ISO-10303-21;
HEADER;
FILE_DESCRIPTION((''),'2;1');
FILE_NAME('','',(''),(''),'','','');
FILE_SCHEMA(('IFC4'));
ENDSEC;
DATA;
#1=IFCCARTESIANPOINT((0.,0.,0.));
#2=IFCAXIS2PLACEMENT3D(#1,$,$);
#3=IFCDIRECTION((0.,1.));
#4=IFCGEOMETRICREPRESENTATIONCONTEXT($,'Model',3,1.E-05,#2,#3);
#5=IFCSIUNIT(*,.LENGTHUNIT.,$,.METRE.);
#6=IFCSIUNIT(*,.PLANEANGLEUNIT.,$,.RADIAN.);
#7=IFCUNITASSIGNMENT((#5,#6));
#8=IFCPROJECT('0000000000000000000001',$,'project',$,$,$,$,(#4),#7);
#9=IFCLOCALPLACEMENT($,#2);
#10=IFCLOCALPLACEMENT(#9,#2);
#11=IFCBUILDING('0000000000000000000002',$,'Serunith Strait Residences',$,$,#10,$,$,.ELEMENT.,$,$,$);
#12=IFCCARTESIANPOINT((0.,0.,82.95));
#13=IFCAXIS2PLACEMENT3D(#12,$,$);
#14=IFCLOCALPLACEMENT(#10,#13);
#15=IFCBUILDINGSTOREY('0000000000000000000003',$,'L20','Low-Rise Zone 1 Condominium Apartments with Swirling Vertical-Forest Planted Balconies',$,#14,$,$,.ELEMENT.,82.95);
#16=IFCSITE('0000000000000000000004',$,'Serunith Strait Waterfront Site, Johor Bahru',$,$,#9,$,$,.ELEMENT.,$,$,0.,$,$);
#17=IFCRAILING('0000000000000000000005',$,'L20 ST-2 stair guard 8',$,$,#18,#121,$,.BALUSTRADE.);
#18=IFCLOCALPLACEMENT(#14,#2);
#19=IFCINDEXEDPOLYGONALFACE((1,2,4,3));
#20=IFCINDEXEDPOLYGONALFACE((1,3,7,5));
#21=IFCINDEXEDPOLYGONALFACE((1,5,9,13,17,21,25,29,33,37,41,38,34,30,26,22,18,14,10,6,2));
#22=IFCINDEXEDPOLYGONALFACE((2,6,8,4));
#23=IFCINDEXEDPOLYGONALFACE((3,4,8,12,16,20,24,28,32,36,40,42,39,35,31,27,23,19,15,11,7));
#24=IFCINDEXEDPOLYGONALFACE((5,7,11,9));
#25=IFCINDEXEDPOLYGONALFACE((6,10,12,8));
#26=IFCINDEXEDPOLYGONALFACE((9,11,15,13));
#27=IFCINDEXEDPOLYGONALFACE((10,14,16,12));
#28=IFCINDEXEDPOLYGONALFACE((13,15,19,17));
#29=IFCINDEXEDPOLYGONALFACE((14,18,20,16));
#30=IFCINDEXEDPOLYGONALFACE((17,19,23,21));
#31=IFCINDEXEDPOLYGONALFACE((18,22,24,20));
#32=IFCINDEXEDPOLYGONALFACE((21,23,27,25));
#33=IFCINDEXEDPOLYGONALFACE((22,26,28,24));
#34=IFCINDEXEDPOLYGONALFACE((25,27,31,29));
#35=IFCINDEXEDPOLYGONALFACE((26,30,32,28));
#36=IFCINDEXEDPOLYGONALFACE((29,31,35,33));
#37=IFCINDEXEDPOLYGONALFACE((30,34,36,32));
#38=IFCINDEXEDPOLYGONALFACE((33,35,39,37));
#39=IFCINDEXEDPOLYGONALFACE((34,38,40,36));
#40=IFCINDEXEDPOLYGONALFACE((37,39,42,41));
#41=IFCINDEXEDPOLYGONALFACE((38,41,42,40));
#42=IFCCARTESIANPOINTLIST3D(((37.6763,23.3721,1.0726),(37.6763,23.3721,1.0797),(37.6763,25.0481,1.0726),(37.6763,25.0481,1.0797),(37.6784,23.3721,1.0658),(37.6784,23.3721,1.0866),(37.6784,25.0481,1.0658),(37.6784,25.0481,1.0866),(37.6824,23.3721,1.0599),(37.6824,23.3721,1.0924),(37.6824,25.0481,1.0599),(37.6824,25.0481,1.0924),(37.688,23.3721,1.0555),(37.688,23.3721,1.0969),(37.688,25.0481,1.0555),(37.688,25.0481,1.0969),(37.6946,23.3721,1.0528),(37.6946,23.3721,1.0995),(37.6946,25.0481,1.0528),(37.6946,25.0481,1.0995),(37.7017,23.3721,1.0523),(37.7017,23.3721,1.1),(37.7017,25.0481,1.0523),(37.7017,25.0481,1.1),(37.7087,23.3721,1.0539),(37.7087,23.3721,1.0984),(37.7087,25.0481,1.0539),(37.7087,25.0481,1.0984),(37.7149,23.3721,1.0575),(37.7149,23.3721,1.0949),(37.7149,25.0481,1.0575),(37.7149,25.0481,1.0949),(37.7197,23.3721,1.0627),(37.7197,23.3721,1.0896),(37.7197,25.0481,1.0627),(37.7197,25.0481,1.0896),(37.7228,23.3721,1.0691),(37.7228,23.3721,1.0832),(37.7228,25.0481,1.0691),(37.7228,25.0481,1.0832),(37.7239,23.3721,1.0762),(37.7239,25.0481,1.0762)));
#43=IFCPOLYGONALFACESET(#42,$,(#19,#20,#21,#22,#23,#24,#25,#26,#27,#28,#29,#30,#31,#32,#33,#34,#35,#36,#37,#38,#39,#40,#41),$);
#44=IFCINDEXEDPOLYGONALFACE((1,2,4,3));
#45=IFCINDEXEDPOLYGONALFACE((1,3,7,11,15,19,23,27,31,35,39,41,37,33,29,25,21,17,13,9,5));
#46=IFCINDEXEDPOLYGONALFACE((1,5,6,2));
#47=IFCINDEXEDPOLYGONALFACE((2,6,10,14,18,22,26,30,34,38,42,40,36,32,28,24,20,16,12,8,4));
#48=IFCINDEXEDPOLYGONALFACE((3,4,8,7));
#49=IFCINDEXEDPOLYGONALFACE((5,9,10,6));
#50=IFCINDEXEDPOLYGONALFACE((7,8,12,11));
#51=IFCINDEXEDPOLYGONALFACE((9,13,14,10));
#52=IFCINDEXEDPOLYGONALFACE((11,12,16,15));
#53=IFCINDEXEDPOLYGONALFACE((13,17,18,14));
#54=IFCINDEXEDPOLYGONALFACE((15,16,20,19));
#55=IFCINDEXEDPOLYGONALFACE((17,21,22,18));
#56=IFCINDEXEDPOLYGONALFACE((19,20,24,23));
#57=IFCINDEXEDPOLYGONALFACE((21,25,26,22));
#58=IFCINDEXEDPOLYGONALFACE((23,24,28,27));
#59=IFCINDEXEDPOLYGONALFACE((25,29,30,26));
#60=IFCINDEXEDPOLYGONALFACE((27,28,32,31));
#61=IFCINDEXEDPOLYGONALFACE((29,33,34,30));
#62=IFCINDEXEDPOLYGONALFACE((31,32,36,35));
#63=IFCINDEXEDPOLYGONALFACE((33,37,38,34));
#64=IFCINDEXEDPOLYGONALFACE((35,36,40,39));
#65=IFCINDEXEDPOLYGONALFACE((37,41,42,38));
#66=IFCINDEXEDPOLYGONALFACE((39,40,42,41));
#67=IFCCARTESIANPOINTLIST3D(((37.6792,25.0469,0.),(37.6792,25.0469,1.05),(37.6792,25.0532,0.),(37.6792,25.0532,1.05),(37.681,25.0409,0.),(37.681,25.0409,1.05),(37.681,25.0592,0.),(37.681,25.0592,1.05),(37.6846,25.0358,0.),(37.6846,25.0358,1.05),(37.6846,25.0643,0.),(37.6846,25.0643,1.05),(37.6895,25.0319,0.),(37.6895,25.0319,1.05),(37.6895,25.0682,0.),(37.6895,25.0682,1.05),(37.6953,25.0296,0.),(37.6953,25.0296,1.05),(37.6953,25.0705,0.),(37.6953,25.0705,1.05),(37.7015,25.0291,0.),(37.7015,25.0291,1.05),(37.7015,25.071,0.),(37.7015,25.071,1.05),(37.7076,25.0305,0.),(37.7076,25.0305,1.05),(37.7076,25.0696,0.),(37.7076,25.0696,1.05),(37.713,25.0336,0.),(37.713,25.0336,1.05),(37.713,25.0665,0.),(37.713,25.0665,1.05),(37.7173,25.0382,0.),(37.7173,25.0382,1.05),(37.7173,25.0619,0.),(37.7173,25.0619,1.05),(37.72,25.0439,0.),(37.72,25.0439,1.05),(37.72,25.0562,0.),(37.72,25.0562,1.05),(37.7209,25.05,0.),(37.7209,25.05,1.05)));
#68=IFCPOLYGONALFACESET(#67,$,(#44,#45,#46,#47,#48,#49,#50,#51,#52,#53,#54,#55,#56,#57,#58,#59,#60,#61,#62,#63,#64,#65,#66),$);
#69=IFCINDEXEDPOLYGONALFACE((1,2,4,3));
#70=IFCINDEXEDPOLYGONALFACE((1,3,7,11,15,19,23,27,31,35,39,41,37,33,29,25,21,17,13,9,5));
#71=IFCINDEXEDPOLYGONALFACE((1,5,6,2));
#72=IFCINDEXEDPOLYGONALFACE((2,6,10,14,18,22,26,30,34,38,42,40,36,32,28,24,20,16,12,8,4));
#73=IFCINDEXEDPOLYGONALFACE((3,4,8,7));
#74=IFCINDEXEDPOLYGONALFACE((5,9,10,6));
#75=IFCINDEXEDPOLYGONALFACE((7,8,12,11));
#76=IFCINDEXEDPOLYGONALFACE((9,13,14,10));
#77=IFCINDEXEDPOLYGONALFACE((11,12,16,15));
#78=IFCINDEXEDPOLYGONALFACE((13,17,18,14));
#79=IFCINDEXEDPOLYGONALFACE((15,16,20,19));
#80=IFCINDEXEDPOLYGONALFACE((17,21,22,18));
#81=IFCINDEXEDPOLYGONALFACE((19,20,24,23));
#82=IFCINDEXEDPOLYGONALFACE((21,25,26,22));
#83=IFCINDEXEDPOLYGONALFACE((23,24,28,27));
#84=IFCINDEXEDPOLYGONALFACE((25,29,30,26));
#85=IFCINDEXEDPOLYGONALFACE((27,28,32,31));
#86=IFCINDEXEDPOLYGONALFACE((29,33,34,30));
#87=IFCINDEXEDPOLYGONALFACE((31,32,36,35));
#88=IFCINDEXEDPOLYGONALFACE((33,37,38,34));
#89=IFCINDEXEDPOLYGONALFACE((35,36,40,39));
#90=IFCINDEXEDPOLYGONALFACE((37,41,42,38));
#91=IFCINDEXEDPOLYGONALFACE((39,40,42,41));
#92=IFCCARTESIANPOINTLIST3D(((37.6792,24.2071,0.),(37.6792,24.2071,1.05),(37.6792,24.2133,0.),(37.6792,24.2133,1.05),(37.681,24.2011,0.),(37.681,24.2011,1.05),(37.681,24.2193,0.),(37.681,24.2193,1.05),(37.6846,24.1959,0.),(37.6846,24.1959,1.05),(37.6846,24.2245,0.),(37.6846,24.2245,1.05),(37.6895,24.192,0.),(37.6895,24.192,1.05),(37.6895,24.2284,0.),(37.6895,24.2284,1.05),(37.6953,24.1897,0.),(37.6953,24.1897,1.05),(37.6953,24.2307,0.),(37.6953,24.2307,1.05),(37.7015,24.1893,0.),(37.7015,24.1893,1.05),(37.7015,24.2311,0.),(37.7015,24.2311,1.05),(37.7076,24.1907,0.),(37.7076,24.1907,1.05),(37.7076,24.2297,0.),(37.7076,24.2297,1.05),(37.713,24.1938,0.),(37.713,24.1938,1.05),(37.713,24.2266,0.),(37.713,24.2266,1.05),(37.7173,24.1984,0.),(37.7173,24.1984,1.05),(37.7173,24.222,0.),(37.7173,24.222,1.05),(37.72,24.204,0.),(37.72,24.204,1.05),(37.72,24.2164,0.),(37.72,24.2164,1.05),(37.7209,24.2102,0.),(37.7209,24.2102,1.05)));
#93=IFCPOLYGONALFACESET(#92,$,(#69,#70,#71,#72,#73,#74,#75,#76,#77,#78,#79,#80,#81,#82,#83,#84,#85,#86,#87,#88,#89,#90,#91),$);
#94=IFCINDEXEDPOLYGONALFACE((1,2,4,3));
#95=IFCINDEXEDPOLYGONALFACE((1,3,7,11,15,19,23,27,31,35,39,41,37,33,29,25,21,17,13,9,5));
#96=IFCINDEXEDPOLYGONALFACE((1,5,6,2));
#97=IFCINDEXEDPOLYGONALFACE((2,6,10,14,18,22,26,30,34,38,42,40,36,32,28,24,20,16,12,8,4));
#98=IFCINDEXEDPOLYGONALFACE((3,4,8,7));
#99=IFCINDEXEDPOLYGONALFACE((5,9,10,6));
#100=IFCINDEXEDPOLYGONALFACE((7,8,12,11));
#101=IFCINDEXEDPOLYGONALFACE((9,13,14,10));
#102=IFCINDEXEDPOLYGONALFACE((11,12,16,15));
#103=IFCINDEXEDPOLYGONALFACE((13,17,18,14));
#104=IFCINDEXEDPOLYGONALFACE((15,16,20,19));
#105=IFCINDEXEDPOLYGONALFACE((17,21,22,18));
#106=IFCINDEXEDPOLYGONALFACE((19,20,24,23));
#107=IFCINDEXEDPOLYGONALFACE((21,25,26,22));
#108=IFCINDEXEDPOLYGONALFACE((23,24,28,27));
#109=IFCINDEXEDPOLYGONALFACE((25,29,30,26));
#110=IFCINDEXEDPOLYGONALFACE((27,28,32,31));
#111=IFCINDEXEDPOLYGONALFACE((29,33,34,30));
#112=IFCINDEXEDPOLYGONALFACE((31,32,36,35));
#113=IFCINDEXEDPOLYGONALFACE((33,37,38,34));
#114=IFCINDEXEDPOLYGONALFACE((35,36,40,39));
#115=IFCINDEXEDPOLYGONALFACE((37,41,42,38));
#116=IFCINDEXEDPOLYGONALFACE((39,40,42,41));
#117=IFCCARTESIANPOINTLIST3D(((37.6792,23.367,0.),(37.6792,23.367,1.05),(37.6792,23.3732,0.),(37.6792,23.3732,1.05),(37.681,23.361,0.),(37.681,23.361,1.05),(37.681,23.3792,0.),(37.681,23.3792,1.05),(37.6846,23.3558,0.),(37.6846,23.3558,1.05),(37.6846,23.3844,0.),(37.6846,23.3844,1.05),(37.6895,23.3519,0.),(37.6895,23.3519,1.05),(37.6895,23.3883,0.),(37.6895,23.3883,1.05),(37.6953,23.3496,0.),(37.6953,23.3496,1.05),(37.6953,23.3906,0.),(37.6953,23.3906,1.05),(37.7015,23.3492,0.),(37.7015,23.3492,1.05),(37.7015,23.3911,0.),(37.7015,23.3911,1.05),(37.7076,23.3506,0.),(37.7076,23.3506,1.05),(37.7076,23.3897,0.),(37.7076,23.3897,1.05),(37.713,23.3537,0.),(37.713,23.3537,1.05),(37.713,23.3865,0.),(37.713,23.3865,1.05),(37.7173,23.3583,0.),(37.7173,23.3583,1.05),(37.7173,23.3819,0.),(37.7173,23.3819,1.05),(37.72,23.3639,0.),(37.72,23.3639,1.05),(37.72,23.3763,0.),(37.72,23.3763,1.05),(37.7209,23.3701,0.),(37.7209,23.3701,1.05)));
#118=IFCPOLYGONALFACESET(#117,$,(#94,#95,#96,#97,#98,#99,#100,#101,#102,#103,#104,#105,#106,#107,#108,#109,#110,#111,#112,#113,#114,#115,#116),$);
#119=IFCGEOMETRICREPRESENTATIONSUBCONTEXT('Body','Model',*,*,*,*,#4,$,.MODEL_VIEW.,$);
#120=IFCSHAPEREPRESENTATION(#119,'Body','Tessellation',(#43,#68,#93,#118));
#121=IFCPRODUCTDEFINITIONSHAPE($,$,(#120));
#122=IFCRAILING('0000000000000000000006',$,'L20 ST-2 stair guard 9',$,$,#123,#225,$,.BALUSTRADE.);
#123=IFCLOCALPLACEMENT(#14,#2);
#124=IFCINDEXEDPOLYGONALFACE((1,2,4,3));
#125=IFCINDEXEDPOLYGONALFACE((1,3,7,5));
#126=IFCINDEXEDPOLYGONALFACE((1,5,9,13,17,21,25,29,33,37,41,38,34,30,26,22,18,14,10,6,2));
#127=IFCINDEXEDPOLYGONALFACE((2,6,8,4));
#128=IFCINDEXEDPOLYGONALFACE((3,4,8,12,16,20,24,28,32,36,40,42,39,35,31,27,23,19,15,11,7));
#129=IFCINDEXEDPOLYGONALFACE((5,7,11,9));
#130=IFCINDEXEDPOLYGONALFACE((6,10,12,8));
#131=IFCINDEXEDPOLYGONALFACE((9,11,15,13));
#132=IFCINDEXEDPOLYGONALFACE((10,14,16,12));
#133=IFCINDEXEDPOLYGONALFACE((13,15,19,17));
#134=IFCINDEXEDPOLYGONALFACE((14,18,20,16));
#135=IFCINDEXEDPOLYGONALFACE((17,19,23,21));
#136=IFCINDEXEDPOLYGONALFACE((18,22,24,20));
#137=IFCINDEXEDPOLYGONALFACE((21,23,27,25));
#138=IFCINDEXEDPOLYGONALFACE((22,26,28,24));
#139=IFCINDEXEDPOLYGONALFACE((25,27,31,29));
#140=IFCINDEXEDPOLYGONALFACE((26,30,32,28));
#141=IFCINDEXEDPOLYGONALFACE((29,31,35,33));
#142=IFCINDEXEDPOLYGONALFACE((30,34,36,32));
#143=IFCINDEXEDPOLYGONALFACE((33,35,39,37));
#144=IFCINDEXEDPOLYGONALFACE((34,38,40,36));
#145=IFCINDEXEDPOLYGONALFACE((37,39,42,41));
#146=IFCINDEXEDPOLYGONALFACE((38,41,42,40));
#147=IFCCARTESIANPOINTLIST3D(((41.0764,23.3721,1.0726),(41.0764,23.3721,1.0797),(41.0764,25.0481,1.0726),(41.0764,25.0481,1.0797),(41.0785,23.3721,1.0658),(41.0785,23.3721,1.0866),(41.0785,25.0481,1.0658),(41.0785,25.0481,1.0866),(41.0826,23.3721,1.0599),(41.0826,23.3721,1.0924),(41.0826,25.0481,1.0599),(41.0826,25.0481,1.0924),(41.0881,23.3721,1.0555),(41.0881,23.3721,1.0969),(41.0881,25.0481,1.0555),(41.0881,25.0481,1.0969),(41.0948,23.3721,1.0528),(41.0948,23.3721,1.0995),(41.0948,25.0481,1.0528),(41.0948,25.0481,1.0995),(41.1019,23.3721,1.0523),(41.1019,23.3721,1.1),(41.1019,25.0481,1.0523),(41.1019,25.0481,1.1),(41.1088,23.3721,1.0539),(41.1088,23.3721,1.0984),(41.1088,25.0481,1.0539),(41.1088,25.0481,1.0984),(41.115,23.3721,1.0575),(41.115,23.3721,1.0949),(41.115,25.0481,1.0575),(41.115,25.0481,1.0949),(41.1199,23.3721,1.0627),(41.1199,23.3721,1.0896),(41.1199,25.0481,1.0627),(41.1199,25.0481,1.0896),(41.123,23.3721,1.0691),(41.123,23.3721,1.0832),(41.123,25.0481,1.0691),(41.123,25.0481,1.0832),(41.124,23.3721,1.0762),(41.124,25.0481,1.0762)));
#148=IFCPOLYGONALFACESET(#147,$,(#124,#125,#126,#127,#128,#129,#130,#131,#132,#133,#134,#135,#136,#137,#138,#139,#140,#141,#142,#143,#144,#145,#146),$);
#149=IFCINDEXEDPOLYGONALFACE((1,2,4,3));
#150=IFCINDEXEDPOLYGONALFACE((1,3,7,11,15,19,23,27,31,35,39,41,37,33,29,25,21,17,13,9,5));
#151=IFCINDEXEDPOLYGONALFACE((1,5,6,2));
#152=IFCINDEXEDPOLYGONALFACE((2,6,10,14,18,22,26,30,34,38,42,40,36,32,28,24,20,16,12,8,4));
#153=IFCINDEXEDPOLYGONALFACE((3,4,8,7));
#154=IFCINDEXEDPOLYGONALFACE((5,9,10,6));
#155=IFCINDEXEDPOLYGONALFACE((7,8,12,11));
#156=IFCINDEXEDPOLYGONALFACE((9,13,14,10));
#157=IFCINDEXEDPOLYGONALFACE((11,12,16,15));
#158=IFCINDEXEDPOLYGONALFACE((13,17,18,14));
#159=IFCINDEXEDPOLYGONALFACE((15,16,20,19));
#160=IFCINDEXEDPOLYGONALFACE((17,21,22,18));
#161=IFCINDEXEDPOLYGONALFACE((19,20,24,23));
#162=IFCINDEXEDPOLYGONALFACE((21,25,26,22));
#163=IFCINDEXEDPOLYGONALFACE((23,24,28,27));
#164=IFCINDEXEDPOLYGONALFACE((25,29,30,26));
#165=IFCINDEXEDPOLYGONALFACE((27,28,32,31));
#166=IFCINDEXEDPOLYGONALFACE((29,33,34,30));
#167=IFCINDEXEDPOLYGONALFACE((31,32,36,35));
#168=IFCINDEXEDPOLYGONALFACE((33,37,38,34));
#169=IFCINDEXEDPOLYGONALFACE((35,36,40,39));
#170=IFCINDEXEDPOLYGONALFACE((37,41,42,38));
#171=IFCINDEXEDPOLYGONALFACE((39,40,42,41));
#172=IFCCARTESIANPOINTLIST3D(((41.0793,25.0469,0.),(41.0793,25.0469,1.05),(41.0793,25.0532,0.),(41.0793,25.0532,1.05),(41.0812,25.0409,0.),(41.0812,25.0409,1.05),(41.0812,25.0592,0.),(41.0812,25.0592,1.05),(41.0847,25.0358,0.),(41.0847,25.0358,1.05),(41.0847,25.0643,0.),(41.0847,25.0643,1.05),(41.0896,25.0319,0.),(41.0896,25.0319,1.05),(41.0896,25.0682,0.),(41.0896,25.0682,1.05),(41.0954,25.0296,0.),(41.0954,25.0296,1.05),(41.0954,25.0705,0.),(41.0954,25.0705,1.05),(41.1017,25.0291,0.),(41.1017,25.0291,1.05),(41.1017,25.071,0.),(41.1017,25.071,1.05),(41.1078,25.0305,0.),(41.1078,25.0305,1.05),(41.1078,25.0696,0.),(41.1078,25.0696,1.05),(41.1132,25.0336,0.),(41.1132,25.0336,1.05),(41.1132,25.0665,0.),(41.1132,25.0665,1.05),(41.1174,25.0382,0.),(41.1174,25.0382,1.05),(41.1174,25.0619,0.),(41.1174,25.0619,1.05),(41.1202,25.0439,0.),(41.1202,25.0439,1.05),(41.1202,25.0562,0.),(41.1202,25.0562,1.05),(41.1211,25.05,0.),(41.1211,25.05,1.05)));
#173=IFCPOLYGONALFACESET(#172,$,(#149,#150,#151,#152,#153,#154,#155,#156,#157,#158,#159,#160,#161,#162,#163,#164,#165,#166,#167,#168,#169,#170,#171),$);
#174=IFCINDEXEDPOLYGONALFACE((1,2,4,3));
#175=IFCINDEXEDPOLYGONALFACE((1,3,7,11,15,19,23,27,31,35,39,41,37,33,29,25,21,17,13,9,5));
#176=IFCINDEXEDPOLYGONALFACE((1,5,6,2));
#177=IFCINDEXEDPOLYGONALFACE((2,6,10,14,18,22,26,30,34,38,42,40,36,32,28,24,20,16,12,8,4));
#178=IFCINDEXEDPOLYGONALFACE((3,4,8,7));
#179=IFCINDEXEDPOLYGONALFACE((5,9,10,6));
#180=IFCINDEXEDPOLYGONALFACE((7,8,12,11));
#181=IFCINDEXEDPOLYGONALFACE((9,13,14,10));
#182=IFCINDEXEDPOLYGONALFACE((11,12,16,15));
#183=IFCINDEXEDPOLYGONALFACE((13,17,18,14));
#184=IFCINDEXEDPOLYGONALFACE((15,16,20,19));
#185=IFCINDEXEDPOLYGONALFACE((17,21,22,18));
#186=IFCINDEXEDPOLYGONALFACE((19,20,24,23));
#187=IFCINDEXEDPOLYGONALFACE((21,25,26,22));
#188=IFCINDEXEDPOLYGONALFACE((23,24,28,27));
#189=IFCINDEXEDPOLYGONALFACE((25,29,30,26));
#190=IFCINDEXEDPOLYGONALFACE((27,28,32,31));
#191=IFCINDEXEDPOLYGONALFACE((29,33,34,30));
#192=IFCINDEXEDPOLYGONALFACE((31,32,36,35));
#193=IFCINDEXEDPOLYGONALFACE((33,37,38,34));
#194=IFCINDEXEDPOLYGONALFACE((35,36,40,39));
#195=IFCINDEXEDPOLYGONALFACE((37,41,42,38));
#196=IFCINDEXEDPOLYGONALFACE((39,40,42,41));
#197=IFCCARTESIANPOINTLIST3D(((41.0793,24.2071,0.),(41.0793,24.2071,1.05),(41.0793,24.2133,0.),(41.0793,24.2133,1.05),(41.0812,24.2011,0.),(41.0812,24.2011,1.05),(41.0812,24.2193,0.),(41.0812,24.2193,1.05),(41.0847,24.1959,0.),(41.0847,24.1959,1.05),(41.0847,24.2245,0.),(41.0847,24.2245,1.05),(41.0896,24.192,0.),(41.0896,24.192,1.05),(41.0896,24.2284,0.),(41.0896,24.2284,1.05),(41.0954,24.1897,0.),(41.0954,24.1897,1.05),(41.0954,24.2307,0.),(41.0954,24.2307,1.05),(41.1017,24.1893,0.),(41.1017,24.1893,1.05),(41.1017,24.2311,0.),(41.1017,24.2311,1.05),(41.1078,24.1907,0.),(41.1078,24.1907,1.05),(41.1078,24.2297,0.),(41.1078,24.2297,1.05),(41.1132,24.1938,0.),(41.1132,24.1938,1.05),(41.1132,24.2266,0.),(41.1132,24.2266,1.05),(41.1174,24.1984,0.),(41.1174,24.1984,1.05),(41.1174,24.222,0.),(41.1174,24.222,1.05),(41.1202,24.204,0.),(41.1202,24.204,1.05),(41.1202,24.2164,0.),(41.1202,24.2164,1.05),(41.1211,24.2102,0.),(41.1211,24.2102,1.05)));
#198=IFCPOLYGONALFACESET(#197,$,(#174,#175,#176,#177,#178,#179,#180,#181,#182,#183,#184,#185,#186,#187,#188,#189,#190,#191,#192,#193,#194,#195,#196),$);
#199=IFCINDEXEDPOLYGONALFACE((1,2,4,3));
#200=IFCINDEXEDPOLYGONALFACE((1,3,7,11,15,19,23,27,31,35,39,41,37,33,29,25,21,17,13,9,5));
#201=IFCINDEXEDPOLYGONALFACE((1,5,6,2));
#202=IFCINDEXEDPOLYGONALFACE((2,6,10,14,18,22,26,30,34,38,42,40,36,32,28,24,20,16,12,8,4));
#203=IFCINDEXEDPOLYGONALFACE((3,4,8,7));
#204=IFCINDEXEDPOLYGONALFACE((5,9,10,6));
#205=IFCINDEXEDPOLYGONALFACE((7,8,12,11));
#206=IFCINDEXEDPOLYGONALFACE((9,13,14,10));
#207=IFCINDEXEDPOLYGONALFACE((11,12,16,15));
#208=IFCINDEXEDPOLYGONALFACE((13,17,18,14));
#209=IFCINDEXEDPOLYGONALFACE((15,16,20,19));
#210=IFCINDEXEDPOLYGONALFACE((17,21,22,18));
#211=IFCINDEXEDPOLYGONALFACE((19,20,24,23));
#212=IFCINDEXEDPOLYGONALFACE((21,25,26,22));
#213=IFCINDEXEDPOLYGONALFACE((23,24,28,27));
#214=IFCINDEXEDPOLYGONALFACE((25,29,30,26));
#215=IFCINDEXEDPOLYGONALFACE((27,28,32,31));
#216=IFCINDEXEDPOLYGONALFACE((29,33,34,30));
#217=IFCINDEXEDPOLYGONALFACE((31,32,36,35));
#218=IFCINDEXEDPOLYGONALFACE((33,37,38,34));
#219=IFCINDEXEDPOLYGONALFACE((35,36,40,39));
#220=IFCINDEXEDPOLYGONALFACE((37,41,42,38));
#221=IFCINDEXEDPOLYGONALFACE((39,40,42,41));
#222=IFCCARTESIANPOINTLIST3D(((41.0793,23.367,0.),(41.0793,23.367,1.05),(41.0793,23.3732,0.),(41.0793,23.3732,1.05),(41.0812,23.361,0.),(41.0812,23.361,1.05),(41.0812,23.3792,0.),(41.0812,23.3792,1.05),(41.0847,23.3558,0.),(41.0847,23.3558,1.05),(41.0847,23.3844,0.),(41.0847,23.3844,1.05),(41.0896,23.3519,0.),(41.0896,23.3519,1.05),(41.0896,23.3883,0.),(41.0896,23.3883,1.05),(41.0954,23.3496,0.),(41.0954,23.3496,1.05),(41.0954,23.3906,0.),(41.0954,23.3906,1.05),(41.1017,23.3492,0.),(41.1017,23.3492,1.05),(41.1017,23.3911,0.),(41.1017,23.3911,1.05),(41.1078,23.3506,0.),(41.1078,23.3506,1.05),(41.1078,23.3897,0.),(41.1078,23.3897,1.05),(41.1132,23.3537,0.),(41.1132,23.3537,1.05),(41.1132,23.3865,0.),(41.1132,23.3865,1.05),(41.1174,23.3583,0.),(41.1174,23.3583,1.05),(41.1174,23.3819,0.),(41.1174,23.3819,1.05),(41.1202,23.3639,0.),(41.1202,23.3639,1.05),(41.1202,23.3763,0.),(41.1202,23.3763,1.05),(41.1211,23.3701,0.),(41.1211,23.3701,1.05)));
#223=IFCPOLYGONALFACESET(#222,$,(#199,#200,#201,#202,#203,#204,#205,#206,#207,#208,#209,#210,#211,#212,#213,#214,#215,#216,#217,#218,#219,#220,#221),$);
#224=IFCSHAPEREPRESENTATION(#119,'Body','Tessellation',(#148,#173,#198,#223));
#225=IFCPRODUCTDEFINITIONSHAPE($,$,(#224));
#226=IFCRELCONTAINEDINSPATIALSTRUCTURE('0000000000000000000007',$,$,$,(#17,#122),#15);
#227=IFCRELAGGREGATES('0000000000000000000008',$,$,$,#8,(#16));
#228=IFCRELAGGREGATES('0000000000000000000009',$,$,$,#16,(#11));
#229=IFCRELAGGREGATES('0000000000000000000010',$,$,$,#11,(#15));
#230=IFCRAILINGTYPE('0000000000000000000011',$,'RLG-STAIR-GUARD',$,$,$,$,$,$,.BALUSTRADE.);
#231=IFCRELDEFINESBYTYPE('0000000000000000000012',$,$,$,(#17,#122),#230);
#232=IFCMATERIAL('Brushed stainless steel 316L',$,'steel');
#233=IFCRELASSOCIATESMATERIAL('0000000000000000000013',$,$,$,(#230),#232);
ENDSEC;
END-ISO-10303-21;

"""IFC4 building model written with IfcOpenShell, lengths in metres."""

from ifc_helpers import new_model, si_unit, direction, frame, origin, origin_2d, place, context, subcontext, project, spatial, circle, extrude, material, type_object, element, save


model = new_model("IFC4")

# Units and contexts
model_context = context("Model", 3, precision=1e-05, world=origin(), true_north=direction((0.0, 1.0)))
body_context = subcontext(model_context, "Body", "Model", "MODEL_VIEW")
ifc_project = project(units=[si_unit("LENGTHUNIT", "METRE"), si_unit("PLANEANGLEUNIT", "RADIAN")], contexts=[model_context])

# Site, building, storey
site_placement = place(None, origin())
site = spatial("IfcSite", under=ifc_project, at=site_placement, Name="Serunith Strait Waterfront Site, Johor Bahru", CompositionType="ELEMENT", RefElevation=0.0)
building_placement = place(site_placement, origin())
building = spatial("IfcBuilding", under=site, at=building_placement, Name="Serunith Strait Residences", CompositionType="ELEMENT")
storey_placement = place(building_placement, frame((0.0, 0.0, 82.95)))
storey = spatial("IfcBuildingStorey", under=building, at=storey_placement, Name="L20", Description="Low-Rise Zone 1 Condominium Apartments with Swirling Vertical-Forest Planted Balconies", CompositionType="ELEMENT", Elevation=82.95)

# Railings
ifc_material_1 = material(Name="Brushed stainless steel 316L", Category="steel")
railing_type = type_object("IfcRailingType", Name="RLG-STAIR-GUARD", PredefinedType="BALUSTRADE", material=ifc_material_1)
for number, where, name in (
    (1, (37.7, 25.05, 0.0), "L20 ST-2 stair guard 8"),
    (2, (41.1001, 25.05, 0.0), "L20 ST-2 stair guard 9"),
):
    element("IfcRailing", number, at=place(storey_placement, frame(where)), inside=storey, type_object=railing_type, Name=name, PredefinedType="BALUSTRADE", context=body_context, shape_type="SweptSolid", body=[
        extrude(circle(Radius=0.0239, at=origin_2d()), frame((0.0, -0.002, 1.0762), z_axis=(0.0, -1.0, 0.0), x_axis=(1.0, 0.0, 0.0)), (0.0, 0.0, 1.0), 1.676),
        extrude(circle(Radius=0.021, at=origin_2d()), origin(), (0.0, 0.0, 1.0), 1.05),
        extrude(circle(Radius=0.021, at=origin_2d()), frame((0.0, -0.8398, 0.0)), (0.0, 0.0, 1.0), 1.05),
        extrude(circle(Radius=0.021, at=origin_2d()), frame((0.0, -1.6799, 0.0)), (0.0, 0.0, 1.0), 1.05),
    ])

save(model, "model.ifc")
